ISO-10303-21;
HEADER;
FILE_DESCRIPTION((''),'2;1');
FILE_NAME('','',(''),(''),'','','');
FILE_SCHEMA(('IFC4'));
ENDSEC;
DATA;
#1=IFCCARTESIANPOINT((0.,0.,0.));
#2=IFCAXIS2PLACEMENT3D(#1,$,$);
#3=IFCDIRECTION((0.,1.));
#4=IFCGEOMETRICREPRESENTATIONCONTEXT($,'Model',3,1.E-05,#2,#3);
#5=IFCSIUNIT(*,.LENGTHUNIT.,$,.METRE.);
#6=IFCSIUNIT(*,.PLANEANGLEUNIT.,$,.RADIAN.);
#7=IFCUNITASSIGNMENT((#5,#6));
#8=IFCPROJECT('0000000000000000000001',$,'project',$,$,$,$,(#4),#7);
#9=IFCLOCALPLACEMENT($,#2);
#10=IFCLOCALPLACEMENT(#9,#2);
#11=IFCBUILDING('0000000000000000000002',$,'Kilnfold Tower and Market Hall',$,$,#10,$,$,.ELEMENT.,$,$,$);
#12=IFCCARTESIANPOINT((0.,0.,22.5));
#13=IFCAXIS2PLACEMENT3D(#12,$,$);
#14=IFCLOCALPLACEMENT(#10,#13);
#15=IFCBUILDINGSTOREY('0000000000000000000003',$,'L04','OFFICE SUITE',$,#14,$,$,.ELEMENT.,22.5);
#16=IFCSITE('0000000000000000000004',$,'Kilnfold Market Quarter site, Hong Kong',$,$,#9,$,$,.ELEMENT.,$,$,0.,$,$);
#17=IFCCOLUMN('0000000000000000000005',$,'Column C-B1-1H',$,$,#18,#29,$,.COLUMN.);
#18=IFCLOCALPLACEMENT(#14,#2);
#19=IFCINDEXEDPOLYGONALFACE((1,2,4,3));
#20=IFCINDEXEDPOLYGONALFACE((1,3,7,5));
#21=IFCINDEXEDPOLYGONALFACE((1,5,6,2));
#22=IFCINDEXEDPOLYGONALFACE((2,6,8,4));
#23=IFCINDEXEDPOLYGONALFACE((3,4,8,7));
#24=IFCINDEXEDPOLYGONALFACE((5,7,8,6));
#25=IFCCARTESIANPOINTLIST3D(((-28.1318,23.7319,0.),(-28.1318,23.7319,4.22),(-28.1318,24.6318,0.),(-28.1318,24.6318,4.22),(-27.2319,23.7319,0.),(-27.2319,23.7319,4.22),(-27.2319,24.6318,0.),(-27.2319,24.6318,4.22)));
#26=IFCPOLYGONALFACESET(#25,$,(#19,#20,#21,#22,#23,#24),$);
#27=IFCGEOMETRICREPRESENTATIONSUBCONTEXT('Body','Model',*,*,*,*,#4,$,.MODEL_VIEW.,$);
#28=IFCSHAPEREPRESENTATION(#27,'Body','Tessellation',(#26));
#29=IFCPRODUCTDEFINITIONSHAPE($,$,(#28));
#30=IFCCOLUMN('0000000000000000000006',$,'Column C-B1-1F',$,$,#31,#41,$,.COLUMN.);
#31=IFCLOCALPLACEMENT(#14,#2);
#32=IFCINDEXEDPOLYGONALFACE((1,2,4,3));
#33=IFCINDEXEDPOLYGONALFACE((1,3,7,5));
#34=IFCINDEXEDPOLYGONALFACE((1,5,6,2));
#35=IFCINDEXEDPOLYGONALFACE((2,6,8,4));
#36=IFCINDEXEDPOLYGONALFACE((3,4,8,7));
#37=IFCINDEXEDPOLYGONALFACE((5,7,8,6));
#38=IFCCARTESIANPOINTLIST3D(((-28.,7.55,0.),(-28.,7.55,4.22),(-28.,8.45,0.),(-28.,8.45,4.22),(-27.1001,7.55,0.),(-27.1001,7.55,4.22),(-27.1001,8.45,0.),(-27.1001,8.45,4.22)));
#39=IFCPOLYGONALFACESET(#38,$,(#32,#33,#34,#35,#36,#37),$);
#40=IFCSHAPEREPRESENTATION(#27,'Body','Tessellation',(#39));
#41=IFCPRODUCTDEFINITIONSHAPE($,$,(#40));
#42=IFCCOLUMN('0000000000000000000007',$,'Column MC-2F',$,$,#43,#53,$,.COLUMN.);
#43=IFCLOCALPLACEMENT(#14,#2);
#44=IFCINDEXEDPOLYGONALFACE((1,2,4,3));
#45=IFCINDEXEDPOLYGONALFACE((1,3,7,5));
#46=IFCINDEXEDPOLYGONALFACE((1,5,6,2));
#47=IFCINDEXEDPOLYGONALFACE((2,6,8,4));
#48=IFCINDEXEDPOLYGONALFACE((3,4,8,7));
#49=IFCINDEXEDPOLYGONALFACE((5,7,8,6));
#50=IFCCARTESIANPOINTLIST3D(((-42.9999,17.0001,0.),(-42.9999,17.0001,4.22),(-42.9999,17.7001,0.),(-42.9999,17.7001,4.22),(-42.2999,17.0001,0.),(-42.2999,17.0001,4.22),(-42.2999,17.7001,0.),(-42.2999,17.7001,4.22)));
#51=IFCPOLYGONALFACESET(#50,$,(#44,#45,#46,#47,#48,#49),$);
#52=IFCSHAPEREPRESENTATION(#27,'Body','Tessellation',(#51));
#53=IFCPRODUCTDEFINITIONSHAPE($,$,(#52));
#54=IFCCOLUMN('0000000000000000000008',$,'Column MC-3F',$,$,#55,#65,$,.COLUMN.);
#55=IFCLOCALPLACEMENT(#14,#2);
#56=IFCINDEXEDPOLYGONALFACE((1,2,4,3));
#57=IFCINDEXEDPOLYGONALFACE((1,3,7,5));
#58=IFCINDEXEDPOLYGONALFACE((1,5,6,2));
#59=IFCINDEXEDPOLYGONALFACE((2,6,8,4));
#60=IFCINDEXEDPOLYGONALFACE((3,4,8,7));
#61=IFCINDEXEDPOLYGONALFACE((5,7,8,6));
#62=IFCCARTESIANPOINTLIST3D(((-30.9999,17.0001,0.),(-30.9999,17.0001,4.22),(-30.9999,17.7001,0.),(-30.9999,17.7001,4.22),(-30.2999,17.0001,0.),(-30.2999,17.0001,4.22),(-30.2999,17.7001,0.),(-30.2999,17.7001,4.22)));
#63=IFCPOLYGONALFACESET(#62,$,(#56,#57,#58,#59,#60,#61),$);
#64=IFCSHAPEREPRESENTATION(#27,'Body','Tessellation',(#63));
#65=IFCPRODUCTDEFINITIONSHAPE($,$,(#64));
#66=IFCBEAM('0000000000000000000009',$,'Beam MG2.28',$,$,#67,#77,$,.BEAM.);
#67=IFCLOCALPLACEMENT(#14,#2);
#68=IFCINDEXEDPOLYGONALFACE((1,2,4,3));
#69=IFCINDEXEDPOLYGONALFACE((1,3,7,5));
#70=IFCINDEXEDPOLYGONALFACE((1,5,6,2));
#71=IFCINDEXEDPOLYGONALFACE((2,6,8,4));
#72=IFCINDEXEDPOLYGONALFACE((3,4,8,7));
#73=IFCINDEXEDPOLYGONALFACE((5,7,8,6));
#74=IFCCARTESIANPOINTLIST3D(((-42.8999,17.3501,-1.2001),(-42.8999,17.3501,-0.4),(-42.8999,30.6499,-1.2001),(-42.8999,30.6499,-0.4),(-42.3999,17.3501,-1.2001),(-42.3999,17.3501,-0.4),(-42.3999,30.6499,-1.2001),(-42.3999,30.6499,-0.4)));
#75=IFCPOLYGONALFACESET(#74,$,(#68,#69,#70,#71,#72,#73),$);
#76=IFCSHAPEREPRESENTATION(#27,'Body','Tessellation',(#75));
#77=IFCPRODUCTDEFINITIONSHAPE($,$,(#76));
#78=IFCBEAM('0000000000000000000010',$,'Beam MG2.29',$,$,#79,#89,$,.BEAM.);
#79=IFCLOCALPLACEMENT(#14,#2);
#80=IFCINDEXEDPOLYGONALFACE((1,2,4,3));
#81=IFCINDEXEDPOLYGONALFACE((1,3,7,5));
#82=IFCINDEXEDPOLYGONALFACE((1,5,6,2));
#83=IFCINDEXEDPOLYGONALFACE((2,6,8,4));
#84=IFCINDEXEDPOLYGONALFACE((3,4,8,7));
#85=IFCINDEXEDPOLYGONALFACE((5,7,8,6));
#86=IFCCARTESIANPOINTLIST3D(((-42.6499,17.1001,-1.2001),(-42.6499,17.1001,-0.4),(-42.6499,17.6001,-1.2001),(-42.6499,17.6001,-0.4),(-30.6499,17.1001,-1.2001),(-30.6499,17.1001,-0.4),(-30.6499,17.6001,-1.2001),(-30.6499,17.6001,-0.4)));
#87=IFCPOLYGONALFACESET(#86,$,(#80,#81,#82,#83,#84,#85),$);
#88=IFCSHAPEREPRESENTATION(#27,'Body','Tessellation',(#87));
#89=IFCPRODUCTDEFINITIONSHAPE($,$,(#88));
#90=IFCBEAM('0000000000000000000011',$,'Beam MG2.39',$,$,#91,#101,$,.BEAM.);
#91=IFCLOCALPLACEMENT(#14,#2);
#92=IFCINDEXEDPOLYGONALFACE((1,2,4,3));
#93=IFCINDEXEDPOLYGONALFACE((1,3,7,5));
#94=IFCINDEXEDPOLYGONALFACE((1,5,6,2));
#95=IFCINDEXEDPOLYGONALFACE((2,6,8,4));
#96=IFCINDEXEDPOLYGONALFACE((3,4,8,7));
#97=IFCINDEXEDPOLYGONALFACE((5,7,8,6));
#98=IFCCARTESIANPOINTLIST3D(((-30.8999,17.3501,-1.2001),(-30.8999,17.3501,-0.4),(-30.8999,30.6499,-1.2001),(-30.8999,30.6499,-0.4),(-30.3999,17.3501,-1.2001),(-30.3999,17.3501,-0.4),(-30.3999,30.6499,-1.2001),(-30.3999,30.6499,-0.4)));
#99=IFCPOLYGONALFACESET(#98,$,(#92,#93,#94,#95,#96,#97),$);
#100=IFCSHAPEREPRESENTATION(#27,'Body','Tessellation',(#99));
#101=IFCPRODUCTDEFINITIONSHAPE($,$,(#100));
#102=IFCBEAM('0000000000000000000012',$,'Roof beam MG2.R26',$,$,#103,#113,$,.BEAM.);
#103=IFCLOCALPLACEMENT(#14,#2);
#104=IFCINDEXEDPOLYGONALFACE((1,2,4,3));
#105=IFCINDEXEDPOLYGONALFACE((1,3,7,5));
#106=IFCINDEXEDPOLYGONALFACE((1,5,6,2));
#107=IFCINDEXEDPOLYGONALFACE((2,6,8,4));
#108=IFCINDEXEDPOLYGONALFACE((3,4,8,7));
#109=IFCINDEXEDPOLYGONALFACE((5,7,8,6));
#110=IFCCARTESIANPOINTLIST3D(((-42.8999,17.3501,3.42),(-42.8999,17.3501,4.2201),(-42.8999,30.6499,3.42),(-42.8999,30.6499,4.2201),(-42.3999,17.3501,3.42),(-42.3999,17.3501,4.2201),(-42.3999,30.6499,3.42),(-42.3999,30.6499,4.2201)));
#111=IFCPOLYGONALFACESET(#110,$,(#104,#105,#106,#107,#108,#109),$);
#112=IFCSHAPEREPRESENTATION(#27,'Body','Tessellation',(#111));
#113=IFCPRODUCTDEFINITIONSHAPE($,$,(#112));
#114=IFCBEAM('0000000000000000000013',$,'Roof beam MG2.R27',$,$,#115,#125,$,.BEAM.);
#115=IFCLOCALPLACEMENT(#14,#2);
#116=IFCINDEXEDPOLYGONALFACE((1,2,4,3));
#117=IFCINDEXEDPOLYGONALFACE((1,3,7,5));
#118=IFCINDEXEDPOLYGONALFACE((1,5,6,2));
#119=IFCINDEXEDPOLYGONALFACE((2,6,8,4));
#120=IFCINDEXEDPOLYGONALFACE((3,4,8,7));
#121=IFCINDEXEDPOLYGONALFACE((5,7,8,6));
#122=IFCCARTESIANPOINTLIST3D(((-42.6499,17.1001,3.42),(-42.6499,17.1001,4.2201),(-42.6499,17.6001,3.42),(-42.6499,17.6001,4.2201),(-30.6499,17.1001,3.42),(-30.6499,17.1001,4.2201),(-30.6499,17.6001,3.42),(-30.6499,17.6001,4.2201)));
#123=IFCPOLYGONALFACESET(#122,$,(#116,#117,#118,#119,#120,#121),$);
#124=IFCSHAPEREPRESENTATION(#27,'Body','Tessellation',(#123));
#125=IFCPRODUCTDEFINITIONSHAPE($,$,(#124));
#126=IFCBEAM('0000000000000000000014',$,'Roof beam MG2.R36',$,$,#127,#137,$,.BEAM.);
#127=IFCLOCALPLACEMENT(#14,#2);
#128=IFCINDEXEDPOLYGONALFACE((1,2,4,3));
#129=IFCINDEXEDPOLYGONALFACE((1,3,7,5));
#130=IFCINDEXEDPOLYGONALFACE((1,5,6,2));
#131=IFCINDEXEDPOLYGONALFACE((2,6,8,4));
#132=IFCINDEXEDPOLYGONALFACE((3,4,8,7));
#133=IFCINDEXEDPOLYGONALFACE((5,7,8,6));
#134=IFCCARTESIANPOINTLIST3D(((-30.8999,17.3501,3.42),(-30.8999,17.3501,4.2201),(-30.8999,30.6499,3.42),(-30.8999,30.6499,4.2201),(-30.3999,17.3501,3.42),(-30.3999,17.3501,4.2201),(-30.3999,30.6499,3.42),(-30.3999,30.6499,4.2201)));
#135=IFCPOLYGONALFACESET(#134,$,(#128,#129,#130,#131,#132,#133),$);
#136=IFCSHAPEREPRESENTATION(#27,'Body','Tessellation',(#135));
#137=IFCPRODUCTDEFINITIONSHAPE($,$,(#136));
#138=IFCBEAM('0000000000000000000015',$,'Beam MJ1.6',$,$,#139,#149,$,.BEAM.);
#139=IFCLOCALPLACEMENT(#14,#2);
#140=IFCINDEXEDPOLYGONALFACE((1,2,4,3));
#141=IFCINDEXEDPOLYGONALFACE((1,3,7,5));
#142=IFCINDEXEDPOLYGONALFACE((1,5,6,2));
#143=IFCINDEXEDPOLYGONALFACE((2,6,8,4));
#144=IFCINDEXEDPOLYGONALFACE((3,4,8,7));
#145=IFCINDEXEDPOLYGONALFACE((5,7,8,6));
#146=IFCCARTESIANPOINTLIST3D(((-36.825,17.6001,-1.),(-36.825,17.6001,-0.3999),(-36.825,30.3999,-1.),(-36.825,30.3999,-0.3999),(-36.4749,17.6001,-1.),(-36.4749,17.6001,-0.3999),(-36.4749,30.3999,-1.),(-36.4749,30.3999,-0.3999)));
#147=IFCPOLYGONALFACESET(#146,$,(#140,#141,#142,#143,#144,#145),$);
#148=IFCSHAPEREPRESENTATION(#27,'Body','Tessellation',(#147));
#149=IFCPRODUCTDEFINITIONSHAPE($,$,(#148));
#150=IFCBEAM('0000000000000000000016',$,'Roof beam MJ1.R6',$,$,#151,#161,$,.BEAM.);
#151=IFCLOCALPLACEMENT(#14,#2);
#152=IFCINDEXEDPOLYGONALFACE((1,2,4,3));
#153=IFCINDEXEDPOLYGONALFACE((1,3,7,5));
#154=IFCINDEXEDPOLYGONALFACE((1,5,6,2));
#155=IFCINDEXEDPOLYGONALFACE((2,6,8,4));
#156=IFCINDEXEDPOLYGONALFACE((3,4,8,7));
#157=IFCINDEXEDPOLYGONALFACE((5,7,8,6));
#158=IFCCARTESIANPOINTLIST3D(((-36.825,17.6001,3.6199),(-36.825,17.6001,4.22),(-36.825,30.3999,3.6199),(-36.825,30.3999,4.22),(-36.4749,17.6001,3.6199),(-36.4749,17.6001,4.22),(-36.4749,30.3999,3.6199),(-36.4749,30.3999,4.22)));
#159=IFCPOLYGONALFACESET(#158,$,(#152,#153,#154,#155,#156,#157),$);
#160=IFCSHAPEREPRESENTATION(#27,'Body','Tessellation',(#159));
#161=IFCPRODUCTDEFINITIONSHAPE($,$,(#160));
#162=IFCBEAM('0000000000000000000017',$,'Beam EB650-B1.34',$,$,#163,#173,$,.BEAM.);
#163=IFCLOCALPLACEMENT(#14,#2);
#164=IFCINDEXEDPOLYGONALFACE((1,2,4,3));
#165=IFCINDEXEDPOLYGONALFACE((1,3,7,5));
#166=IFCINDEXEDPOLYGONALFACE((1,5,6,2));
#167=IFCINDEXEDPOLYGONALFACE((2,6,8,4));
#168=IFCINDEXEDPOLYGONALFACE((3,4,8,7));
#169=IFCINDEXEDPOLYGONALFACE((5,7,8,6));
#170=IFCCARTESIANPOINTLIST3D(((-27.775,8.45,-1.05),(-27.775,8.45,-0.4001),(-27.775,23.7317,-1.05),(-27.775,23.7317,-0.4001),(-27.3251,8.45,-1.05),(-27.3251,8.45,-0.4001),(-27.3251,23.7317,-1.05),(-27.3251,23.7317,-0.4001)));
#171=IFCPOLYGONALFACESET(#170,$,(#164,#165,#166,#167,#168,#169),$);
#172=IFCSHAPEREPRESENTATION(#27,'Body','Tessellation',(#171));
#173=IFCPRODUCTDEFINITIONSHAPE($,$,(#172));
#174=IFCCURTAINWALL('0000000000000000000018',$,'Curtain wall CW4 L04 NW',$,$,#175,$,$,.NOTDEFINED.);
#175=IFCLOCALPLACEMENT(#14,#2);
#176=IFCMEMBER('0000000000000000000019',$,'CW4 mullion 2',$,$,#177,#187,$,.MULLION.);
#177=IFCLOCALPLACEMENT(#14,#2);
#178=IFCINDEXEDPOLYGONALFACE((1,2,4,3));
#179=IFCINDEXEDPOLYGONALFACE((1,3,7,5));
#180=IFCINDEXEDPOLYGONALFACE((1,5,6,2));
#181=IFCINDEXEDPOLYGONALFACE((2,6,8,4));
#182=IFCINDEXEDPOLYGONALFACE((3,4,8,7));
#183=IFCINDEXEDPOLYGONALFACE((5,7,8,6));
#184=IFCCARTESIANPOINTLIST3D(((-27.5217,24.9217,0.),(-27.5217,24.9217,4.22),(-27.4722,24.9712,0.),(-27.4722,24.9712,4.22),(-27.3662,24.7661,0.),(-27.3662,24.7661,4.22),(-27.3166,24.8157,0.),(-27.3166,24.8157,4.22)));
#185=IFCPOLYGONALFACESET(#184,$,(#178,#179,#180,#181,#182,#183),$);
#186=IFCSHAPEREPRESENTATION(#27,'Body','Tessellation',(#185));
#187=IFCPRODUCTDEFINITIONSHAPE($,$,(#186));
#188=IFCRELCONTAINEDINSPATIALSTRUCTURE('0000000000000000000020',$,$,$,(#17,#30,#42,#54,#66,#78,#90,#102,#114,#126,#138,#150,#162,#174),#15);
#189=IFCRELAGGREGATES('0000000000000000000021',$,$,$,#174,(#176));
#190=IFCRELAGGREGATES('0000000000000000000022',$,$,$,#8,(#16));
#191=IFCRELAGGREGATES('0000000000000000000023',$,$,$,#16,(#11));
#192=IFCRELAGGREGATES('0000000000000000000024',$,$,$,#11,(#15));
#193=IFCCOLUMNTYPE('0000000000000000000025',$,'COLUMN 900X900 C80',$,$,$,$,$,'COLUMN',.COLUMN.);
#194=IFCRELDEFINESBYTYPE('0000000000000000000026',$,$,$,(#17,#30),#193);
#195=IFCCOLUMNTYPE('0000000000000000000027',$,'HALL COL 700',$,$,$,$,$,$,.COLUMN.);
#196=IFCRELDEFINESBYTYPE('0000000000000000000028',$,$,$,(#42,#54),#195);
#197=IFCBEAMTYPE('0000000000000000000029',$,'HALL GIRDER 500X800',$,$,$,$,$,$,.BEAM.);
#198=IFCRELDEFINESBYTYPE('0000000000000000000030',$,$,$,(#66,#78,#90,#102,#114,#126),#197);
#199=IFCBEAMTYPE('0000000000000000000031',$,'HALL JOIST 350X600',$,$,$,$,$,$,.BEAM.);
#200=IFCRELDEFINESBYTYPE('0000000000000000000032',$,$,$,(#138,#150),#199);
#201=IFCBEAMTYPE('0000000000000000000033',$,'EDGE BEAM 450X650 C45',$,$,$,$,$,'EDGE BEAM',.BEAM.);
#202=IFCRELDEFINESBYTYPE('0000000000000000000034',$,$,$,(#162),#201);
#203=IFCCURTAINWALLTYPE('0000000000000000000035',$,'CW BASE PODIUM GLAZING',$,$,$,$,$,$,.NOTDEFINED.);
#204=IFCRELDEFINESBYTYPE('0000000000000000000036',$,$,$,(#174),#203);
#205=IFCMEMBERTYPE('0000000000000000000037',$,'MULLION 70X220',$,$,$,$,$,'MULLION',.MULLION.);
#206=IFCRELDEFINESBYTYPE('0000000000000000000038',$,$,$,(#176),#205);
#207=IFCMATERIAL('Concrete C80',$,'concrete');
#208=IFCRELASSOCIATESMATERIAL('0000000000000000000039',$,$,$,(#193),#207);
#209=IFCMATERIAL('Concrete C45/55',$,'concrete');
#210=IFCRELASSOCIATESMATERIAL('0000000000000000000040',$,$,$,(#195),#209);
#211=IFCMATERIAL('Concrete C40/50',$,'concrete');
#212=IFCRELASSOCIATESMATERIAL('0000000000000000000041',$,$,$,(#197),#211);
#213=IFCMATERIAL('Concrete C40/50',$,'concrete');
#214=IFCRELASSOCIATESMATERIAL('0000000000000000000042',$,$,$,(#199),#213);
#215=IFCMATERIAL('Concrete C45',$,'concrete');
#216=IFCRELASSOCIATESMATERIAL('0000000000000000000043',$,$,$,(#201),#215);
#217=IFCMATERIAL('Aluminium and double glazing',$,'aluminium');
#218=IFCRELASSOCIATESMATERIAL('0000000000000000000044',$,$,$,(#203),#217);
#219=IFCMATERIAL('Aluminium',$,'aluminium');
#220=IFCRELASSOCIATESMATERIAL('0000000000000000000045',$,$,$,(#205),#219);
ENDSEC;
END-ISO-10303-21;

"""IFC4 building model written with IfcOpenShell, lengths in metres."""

from ifc_helpers import new_model, si_unit, direction, frame, origin, origin_2d, place, context, subcontext, project, spatial, rectangle, extrude, source, transform, mapped, material, material_profile, profile_set, type_object, element, aggregate, save


model = new_model("IFC4")

# Units and contexts
model_context = context("Model", 3, precision=1e-05, world=origin(), true_north=direction((0.0, 1.0)))
body_context = subcontext(model_context, "Body", "Model", "MODEL_VIEW")
ifc_project = project(units=[si_unit("LENGTHUNIT", "METRE"), si_unit("PLANEANGLEUNIT", "RADIAN")], contexts=[model_context])

# Site, building, storey
site_placement = place(None, origin())
site = spatial("IfcSite", under=ifc_project, at=site_placement, Name="Kilnfold Market Quarter site, Hong Kong", CompositionType="ELEMENT", RefElevation=0.0)
building_placement = place(site_placement, origin())
building = spatial("IfcBuilding", under=site, at=building_placement, Name="Kilnfold Tower and Market Hall", CompositionType="ELEMENT")
storey_placement = place(building_placement, frame((0.0, 0.0, 22.5)))
storey = spatial("IfcBuildingStorey", under=building, at=storey_placement, Name="L04", Description="OFFICE SUITE", CompositionType="ELEMENT", Elevation=22.5)

# Columns
ifc_material_1 = material(Name="Concrete C80", Category="concrete")
ifc_material_profile_1 = material_profile(ifc_material_1, rectangle(XDim=0.8999, YDim=0.8999, at=origin_2d()), Name="RC 900x900")
ifc_profile_set_1 = profile_set([ifc_material_profile_1], Name="Concrete C80")
column_type_1 = type_object("IfcColumnType", Name="COLUMN 900X900 C80", ElementType="COLUMN", PredefinedType="COLUMN", material=ifc_profile_set_1)
shared_shape_1 = source(origin(), body_context, "Body", "SweptSolid", [
    extrude(rectangle(XDim=0.8999, YDim=0.8999, at=origin_2d()), origin(), (0.0, 0.0, 1.0), 4.22),
])
for number, where, z_axis, x_axis, name in (
    (1, (-27.6819, 24.1819, 0.0), (0.0, 0.0, 1.0), (1.0, 0.0, 0.0), "Column C-B1-1H"),
    (2, (-27.55, 8.0, 0.0), (0.0, 0.0, 1.0), (1.0, 0.0, 0.0), "Column C-B1-1F"),
):
    element("IfcColumn", number, at=place(storey_placement, frame(where, z_axis=z_axis, x_axis=x_axis)), inside=storey, type_object=column_type_1, Name=name, PredefinedType="COLUMN", context=body_context, shape_type="MappedRepresentation", body=[
        mapped(shared_shape_1, transform((0.0, 0.0, 0.0))),
    ])
ifc_material_2 = material(Name="Concrete C45/55", Category="concrete")
ifc_material_profile_2 = material_profile(ifc_material_2, rectangle(XDim=0.7, YDim=0.7, at=origin_2d()), Name="RC 700x700")
ifc_profile_set_2 = profile_set([ifc_material_profile_2], Name="Concrete C45/55")
column_type_2 = type_object("IfcColumnType", Name="HALL COL 700", PredefinedType="COLUMN", material=ifc_profile_set_2)
shared_shape_2 = source(origin(), body_context, "Body", "SweptSolid", [
    extrude(rectangle(XDim=0.7, YDim=0.7, at=origin_2d()), origin(), (0.0, 0.0, 1.0), 4.22),
])
for number, where, z_axis, x_axis, name in (
    (3, (-42.6499, 17.3501, 0.0), (0.0, 0.0, 1.0), (1.0, 0.0, 0.0), "Column MC-2F"),
    (4, (-30.6499, 17.3501, 0.0), (0.0, 0.0, 1.0), (1.0, 0.0, 0.0), "Column MC-3F"),
):
    element("IfcColumn", number, at=place(storey_placement, frame(where, z_axis=z_axis, x_axis=x_axis)), inside=storey, type_object=column_type_2, Name=name, PredefinedType="COLUMN", context=body_context, shape_type="MappedRepresentation", body=[
        mapped(shared_shape_2, transform((0.0, 0.0, 0.0))),
    ])

# Beams
ifc_material_3 = material(Name="Concrete C40/50", Category="concrete")
ifc_material_profile_3 = material_profile(ifc_material_3, rectangle(XDim=0.5, YDim=0.8, at=origin_2d()), Name="RC 500x800")
ifc_profile_set_3 = profile_set([ifc_material_profile_3], Name="Concrete C40/50")
beam_type_1 = type_object("IfcBeamType", Name="HALL GIRDER 500X800", PredefinedType="BEAM", material=ifc_profile_set_3)
beam_1_placement = place(storey_placement, frame((-42.6499, 17.3501, -0.8), z_axis=(0.0, 1.0, 0.0), x_axis=(-1.0, 0.0, 0.0)))
element("IfcBeam", 5, at=beam_1_placement, inside=storey, type_object=beam_type_1, Name="Beam MG2.28", PredefinedType="BEAM", context=body_context, shape_type="SweptSolid", body=[
    extrude(rectangle(XDim=0.5, YDim=0.8, at=origin_2d()), origin(), (0.0, 0.0, 1.0), 13.2998),
])
beam_2_placement = place(storey_placement, frame((-42.6499, 17.3501, -0.8), z_axis=(1.0, 0.0, 0.0), x_axis=(0.0, 1.0, 0.0)))
element("IfcBeam", 6, at=beam_2_placement, inside=storey, type_object=beam_type_1, Name="Beam MG2.29", PredefinedType="BEAM", context=body_context, shape_type="SweptSolid", body=[
    extrude(rectangle(XDim=0.5, YDim=0.8, at=origin_2d()), origin(), (0.0, 0.0, 1.0), 12.0),
])
for number, where, z_axis, x_axis, name in (
    (7, (-30.6499, 17.3501, -0.8), (0.0, 1.0, 0.0), (-1.0, 0.0, 0.0), "Beam MG2.39"),
    (8, (-42.6499, 17.3501, 3.8201), (0.0, 1.0, 0.0), (-1.0, 0.0, 0.0), "Roof beam MG2.R26"),
):
    element("IfcBeam", number, at=place(storey_placement, frame(where, z_axis=z_axis, x_axis=x_axis)), inside=storey, type_object=beam_type_1, Name=name, PredefinedType="BEAM", context=body_context, shape_type="SweptSolid", body=[
        extrude(rectangle(XDim=0.5, YDim=0.8, at=origin_2d()), origin(), (0.0, 0.0, 1.0), 13.2998),
    ])
beam_3_placement = place(storey_placement, frame((-42.6499, 17.3501, 3.8201), z_axis=(1.0, 0.0, 0.0), x_axis=(0.0, 1.0, 0.0)))
element("IfcBeam", 9, at=beam_3_placement, inside=storey, type_object=beam_type_1, Name="Roof beam MG2.R27", PredefinedType="BEAM", context=body_context, shape_type="SweptSolid", body=[
    extrude(rectangle(XDim=0.5, YDim=0.8, at=origin_2d()), origin(), (0.0, 0.0, 1.0), 12.0),
])
beam_4_placement = place(storey_placement, frame((-30.6499, 17.3501, 3.8201), z_axis=(0.0, 1.0, 0.0), x_axis=(-1.0, 0.0, 0.0)))
element("IfcBeam", 10, at=beam_4_placement, inside=storey, type_object=beam_type_1, Name="Roof beam MG2.R36", PredefinedType="BEAM", context=body_context, shape_type="SweptSolid", body=[
    extrude(rectangle(XDim=0.5, YDim=0.8, at=origin_2d()), origin(), (0.0, 0.0, 1.0), 13.2998),
])
ifc_material_4 = material(Name="Concrete C40/50", Category="concrete")
ifc_material_profile_4 = material_profile(ifc_material_4, rectangle(XDim=0.3501, YDim=0.6001, at=origin_2d()), Name="RC 350x600")
ifc_profile_set_4 = profile_set([ifc_material_profile_4], Name="Concrete C40/50")
beam_type_2 = type_object("IfcBeamType", Name="HALL JOIST 350X600", PredefinedType="BEAM", material=ifc_profile_set_4)
for number, where, z_axis, x_axis, name in (
    (11, (-36.6499, 17.6001, -0.7), (0.0, 1.0, 0.0), (-1.0, 0.0, 0.0), "Beam MJ1.6"),
    (12, (-36.6499, 17.6001, 3.9199), (0.0, 1.0, 0.0), (-1.0, 0.0, 0.0), "Roof beam MJ1.R6"),
):
    element("IfcBeam", number, at=place(storey_placement, frame(where, z_axis=z_axis, x_axis=x_axis)), inside=storey, type_object=beam_type_2, Name=name, PredefinedType="BEAM", context=body_context, shape_type="SweptSolid", body=[
        extrude(rectangle(XDim=0.3501, YDim=0.6001, at=origin_2d()), origin(), (0.0, 0.0, 1.0), 12.7998),
    ])
ifc_material_5 = material(Name="Concrete C45", Category="concrete")
ifc_material_profile_5 = material_profile(ifc_material_5, rectangle(XDim=0.45, YDim=0.6499, at=origin_2d()), Name="RC 450x650")
ifc_profile_set_5 = profile_set([ifc_material_profile_5], Name="Concrete C45")
beam_type_3 = type_object("IfcBeamType", Name="EDGE BEAM 450X650 C45", ElementType="EDGE BEAM", PredefinedType="BEAM", material=ifc_profile_set_5)
shared_shape_3 = source(origin(), body_context, "Body", "SweptSolid", [
    extrude(rectangle(XDim=0.45, YDim=0.6499, at=origin_2d()), origin(), (0.0, 0.0, 1.0), 15.2817),
])
beam_5_placement = place(storey_placement, frame((-27.55, 8.45, -0.7251), z_axis=(0.0, 1.0, 0.0), x_axis=(-1.0, 0.0, 0.0)))
element("IfcBeam", 13, at=beam_5_placement, inside=storey, type_object=beam_type_3, Name="Beam EB650-B1.34", PredefinedType="BEAM", context=body_context, shape_type="MappedRepresentation", body=[
    mapped(shared_shape_3, transform((0.0, 0.0, 0.0))),
])

# Curtain wall, member
ifc_material_6 = material(Name="Aluminium and double glazing", Category="aluminium")
curtain_wall_type = type_object("IfcCurtainWallType", Name="CW BASE PODIUM GLAZING", PredefinedType="NOTDEFINED", material=ifc_material_6)
curtain_wall_placement = place(storey_placement, origin())
curtain_wall = element("IfcCurtainWall", 14, at=curtain_wall_placement, inside=storey, type_object=curtain_wall_type, Name="Curtain wall CW4 L04 NW", PredefinedType="NOTDEFINED")
ifc_material_7 = material(Name="Aluminium", Category="aluminium")
ifc_material_profile_6 = material_profile(ifc_material_7, rectangle(XDim=0.0701, YDim=0.22, at=origin_2d()), Name="MULLION 70x220")
ifc_profile_set_6 = profile_set([ifc_material_profile_6], Name="Aluminium")
member_type = type_object("IfcMemberType", Name="MULLION 70X220", ElementType="MULLION", PredefinedType="MULLION", material=ifc_profile_set_6)
shared_shape_4 = source(origin(), body_context, "Body", "SweptSolid", [
    extrude(rectangle(XDim=0.0701, YDim=0.22, at=origin_2d()), origin(), (0.0, 0.0, 1.0), 4.22),
])
member_placement = place(storey_placement, frame((-27.4192, 24.8687, 0.0), z_axis=(0.0, 0.0, 1.0), x_axis=(-0.707122, -0.707092, 0.0)))
member = element("IfcMember", 15, at=member_placement, type_object=member_type, Name="CW4 mullion 2", PredefinedType="MULLION", context=body_context, shape_type="MappedRepresentation", body=[
    mapped(shared_shape_4, transform((0.0, 0.0, 0.0))),
])
aggregate(curtain_wall, [member])

save(model, "model.ifc")
